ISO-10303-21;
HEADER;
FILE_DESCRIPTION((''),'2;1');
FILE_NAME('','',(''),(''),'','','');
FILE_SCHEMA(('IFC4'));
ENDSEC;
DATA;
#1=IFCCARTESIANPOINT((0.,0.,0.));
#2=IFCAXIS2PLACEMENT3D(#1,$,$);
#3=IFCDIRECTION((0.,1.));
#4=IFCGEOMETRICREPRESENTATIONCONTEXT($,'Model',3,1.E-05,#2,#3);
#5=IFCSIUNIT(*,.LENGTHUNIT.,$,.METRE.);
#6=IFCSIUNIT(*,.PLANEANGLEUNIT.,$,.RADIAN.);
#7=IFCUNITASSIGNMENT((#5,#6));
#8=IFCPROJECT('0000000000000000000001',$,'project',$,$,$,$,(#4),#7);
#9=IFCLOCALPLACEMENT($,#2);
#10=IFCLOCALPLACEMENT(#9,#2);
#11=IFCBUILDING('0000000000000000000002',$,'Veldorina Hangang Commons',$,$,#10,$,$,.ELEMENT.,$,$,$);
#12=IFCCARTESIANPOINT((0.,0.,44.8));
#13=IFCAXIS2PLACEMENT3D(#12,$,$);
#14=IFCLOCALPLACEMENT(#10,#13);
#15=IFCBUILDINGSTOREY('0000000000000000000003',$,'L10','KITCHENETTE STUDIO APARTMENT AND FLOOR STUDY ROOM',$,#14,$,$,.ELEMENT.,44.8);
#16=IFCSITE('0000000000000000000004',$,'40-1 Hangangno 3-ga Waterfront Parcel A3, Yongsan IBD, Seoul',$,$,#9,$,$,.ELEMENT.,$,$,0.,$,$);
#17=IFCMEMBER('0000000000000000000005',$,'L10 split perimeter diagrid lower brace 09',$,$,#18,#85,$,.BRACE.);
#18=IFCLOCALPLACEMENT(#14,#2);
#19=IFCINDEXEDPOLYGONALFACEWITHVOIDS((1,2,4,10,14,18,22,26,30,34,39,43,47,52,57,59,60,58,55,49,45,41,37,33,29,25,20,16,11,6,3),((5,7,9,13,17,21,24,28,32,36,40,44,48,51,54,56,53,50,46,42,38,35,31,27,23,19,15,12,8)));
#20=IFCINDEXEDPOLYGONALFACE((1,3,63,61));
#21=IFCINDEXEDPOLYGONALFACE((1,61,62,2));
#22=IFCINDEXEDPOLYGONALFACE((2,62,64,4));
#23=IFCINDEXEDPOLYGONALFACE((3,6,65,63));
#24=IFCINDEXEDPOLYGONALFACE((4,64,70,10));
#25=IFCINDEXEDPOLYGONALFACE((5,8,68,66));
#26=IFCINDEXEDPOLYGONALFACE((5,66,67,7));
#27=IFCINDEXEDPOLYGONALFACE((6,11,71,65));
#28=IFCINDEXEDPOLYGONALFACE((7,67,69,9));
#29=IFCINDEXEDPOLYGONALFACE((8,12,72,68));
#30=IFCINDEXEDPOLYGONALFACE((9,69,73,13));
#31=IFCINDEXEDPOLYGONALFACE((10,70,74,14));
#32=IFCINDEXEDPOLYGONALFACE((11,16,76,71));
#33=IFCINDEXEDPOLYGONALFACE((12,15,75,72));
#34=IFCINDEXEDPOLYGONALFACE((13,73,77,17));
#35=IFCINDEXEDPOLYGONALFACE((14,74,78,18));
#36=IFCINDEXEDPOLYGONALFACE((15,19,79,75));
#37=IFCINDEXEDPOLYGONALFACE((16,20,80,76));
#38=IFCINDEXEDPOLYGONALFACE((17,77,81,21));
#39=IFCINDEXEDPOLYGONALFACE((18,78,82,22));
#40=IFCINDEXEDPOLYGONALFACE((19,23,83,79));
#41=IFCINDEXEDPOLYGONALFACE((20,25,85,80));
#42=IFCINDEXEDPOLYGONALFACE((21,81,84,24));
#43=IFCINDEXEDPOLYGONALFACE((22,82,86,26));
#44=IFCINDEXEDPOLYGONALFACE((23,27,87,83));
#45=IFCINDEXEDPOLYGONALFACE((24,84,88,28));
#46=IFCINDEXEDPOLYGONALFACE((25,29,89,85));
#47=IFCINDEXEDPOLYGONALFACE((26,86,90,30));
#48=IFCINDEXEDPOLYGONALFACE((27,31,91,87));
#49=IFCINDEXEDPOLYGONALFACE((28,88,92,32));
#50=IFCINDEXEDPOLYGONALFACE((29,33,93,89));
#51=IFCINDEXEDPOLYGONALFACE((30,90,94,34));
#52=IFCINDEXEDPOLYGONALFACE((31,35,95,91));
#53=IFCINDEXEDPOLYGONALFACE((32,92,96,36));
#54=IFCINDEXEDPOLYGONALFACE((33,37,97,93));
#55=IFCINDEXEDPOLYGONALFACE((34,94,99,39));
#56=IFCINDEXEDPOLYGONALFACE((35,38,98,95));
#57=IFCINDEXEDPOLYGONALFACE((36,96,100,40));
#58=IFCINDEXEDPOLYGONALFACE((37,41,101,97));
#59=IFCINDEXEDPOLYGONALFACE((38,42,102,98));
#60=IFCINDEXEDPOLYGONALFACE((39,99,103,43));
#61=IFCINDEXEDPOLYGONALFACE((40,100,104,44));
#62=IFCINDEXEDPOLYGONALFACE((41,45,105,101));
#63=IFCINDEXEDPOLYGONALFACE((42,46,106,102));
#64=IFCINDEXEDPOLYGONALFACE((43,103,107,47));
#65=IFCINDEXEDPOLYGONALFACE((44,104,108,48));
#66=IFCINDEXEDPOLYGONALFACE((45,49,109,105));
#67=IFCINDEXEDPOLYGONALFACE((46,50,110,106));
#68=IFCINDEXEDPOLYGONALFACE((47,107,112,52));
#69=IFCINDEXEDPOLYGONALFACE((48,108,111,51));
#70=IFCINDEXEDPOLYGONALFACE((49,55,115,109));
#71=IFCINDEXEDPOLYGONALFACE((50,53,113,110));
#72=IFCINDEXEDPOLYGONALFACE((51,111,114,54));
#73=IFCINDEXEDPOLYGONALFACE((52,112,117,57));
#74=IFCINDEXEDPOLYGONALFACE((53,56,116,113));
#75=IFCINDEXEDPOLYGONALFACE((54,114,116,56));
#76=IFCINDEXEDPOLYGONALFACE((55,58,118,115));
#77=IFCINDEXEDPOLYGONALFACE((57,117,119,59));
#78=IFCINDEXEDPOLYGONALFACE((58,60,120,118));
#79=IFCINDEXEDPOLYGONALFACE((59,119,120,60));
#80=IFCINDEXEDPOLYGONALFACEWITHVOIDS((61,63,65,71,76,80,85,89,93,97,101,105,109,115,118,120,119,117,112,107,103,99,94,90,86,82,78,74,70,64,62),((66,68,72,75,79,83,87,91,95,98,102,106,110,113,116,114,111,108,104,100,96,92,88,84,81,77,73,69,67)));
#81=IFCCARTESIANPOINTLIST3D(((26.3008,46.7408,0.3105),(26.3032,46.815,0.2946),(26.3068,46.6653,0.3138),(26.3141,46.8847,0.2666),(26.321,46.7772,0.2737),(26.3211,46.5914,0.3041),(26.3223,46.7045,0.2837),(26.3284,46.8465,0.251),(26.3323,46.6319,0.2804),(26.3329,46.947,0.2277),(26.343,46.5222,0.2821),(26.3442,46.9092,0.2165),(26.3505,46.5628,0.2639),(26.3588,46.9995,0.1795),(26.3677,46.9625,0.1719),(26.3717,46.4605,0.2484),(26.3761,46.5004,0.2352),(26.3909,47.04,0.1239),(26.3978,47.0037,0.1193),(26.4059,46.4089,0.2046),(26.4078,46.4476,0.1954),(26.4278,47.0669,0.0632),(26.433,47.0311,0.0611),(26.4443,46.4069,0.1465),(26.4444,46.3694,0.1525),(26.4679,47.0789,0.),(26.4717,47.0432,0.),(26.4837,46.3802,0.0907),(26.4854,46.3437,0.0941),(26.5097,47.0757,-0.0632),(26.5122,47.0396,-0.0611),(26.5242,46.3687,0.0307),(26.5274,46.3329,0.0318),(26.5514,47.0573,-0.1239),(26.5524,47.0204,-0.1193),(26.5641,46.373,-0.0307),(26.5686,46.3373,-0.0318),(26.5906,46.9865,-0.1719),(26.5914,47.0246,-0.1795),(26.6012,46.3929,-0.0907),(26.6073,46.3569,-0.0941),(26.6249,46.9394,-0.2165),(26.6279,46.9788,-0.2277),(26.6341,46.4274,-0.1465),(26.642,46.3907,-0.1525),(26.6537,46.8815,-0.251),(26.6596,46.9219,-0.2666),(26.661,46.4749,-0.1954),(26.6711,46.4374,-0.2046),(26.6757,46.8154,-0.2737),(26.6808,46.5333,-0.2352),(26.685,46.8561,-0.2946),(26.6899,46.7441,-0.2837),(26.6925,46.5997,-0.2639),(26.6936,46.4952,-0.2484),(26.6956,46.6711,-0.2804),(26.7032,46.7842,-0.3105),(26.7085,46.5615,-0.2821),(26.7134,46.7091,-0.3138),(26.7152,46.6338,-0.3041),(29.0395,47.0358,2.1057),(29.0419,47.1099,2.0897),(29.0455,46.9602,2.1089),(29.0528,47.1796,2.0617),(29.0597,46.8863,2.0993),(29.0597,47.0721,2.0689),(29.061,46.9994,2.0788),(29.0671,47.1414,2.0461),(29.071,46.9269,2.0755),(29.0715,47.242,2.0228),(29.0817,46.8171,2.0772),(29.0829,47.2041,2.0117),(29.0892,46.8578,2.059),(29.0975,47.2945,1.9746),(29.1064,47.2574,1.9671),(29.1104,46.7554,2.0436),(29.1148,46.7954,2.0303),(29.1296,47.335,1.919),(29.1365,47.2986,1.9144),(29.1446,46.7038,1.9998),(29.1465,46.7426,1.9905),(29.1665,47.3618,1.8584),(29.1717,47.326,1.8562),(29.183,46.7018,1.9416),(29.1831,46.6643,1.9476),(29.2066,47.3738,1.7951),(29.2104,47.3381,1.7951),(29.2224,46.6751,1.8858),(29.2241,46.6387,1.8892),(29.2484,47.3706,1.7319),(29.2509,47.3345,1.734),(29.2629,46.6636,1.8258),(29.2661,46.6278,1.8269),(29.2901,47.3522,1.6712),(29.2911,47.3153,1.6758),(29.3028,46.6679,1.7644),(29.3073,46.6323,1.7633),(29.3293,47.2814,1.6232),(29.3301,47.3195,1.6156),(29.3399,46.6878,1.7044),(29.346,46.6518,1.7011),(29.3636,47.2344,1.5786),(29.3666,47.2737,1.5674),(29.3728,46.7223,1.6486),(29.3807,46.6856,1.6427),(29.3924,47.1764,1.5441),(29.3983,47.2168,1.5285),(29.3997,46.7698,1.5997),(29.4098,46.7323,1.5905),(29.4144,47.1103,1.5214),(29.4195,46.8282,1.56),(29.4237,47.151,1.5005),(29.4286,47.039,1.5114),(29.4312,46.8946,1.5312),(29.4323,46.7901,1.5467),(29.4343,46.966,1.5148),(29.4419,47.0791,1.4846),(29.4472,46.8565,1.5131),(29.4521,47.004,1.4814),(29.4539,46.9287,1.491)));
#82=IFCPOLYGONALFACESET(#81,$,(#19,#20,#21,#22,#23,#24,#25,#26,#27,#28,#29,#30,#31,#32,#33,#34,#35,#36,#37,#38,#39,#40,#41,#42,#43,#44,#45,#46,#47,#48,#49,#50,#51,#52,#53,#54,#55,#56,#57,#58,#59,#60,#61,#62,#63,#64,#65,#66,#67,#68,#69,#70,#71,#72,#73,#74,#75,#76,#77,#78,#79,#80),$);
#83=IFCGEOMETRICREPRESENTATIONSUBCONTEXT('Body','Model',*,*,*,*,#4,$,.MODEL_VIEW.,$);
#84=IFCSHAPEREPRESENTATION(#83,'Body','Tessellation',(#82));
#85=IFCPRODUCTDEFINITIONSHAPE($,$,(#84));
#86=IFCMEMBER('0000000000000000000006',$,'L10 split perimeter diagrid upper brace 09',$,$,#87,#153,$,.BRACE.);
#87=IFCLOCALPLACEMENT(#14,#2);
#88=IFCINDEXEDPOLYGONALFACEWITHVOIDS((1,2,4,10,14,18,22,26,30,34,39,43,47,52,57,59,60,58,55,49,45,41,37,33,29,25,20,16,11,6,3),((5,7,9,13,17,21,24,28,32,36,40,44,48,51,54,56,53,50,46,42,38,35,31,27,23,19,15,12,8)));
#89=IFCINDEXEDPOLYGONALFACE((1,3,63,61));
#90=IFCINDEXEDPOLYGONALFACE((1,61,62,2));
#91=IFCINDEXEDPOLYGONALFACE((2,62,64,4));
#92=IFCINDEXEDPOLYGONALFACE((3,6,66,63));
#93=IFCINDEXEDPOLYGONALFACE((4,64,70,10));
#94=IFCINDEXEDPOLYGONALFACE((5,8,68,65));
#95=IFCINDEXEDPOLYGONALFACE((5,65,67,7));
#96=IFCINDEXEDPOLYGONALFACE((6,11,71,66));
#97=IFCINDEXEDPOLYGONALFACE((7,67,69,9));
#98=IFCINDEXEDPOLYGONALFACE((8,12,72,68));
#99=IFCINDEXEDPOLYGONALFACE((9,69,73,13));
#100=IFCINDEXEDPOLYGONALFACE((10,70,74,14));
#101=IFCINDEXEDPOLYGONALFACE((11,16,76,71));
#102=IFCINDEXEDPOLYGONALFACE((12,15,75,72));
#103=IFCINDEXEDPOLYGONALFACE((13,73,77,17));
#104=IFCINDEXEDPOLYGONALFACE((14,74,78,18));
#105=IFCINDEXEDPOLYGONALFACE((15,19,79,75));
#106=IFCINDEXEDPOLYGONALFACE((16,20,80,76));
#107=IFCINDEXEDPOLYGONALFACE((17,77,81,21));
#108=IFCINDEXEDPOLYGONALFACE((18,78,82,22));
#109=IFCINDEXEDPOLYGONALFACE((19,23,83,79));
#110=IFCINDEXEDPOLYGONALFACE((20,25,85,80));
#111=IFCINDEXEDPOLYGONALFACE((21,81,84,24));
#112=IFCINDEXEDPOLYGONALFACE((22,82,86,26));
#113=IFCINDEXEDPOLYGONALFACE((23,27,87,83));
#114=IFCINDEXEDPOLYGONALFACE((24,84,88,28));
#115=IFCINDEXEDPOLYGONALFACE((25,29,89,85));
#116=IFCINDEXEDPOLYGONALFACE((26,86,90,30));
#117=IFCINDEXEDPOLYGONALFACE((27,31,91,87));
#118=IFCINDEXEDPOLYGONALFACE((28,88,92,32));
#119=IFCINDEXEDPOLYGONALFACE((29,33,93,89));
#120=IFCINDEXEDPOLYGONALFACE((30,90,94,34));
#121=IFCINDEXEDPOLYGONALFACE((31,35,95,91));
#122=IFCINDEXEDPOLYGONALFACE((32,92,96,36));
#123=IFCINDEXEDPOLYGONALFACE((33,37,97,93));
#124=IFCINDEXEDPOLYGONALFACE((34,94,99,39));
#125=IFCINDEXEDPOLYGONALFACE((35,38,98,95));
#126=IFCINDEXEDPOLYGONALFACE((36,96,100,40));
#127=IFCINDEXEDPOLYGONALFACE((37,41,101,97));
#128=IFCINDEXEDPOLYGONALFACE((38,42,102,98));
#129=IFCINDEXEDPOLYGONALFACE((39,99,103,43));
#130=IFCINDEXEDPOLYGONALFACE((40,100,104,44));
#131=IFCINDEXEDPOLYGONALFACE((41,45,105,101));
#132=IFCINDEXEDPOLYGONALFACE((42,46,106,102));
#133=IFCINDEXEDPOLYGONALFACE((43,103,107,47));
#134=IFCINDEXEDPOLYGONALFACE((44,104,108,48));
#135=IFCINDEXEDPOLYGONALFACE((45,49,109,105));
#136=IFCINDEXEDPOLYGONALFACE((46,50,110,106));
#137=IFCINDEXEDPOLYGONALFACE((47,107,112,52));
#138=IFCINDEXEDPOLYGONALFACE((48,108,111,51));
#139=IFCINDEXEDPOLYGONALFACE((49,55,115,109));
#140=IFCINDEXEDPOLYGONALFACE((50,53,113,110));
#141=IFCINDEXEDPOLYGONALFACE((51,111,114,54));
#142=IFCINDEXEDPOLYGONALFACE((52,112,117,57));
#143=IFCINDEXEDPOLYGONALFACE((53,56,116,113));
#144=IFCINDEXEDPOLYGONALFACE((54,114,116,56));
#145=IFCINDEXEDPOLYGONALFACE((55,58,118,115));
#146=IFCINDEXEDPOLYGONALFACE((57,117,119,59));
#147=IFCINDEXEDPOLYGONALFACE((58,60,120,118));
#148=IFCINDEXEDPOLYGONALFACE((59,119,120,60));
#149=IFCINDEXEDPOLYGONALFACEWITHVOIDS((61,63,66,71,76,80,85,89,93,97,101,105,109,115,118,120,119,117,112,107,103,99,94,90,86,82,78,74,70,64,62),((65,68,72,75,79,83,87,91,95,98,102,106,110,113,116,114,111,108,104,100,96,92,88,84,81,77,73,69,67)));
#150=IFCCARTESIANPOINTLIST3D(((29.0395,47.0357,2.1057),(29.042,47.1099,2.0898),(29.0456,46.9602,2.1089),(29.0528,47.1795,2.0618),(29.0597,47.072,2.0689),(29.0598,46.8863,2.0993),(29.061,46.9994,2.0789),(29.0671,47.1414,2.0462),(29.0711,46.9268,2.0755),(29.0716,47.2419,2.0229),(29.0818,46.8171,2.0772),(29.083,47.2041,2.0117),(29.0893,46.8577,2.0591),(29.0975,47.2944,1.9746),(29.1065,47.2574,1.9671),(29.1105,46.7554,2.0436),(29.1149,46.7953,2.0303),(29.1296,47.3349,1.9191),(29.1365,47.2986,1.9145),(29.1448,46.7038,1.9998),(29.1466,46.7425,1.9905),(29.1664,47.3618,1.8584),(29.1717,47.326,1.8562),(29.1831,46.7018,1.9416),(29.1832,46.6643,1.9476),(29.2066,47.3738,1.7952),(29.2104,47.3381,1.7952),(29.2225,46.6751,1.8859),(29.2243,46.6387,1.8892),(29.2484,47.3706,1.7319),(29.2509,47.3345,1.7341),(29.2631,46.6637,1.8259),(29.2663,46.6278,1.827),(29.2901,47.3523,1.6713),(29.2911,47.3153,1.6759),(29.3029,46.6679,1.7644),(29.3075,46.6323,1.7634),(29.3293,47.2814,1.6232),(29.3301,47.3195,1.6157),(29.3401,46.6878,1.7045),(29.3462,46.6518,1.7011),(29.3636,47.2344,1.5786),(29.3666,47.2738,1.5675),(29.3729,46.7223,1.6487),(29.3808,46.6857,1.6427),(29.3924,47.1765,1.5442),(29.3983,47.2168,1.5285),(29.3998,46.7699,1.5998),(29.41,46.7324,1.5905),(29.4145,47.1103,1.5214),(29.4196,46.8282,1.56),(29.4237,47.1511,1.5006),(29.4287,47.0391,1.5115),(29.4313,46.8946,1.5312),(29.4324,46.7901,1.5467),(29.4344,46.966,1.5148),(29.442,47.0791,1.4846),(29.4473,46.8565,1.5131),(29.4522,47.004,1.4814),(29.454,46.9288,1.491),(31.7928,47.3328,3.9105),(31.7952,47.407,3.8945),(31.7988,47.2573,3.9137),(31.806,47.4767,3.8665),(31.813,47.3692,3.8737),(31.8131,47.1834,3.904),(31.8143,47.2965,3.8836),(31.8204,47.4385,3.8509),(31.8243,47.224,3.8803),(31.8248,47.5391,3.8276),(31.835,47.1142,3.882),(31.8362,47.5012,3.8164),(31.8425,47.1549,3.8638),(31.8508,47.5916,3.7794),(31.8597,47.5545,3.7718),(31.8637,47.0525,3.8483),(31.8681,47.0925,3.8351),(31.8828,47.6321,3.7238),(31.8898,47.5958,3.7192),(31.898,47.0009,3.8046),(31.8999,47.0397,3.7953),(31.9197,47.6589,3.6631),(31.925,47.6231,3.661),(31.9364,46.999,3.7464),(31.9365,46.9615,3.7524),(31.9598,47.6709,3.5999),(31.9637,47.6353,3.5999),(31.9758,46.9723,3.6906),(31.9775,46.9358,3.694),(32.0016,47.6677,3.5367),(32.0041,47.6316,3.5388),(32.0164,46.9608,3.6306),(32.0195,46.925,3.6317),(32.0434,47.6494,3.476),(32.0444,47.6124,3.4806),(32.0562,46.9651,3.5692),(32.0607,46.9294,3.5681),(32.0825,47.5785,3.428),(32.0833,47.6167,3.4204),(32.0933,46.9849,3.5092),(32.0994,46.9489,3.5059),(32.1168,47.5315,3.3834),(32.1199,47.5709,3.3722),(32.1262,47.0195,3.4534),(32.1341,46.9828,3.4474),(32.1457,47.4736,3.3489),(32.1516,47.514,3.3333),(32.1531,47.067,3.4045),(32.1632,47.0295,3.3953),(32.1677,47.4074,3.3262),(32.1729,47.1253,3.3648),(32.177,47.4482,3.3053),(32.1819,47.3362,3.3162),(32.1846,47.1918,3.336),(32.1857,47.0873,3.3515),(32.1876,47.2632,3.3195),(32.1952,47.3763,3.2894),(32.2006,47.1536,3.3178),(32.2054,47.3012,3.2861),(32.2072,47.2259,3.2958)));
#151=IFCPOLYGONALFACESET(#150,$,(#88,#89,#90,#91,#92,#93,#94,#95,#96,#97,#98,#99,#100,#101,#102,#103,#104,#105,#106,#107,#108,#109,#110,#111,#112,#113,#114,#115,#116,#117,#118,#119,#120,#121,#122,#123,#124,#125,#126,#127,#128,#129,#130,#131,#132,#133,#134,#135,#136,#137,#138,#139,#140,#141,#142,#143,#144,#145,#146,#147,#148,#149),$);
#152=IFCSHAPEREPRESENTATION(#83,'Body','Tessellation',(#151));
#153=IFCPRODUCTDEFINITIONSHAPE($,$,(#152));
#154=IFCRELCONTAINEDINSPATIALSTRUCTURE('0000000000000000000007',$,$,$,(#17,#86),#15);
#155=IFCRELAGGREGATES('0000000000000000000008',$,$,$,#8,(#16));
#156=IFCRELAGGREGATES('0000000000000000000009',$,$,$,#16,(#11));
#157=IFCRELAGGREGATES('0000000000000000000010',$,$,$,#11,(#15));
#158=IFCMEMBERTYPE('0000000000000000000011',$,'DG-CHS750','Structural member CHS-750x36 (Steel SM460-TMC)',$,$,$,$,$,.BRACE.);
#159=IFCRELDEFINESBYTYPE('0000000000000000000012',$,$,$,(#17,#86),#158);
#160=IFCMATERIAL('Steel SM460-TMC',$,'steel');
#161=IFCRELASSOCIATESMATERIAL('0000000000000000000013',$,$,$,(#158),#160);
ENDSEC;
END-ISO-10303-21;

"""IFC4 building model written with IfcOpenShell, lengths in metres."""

from ifc_helpers import new_model, si_unit, direction, frame, origin, origin_2d, place, context, subcontext, project, spatial, hollow_circle, extrude, material, material_profile, profile_set, type_object, element, save


model = new_model("IFC4")

# Units and contexts
model_context = context("Model", 3, precision=1e-05, world=origin(), true_north=direction((0.0, 1.0)))
body_context = subcontext(model_context, "Body", "Model", "MODEL_VIEW")
ifc_project = project(units=[si_unit("LENGTHUNIT", "METRE"), si_unit("PLANEANGLEUNIT", "RADIAN")], contexts=[model_context])

# Site, building, storey
site_placement = place(None, origin())
site = spatial("IfcSite", under=ifc_project, at=site_placement, Name="40-1 Hangangno 3-ga Waterfront Parcel A3, Yongsan IBD, Seoul", CompositionType="ELEMENT", RefElevation=0.0)
building_placement = place(site_placement, origin())
building = spatial("IfcBuilding", under=site, at=building_placement, Name="Veldorina Hangang Commons", CompositionType="ELEMENT")
storey_placement = place(building_placement, frame((0.0, 0.0, 44.8)))
storey = spatial("IfcBuildingStorey", under=building, at=storey_placement, Name="L10", Description="KITCHENETTE STUDIO APARTMENT AND FLOOR STUDY ROOM", CompositionType="ELEMENT", Elevation=44.8)

# Shared definitions
ifc_material_1 = material(Name="Steel SM460-TMC", Category="steel")

# Members
ifc_material_profile_1 = material_profile(ifc_material_1, hollow_circle(Radius=0.375, WallThickness=0.0359, at=origin_2d()), Name="CHS-750x36")
ifc_profile_set_1 = profile_set([ifc_material_profile_1], Name="Steel SM460-TMC")
member_type = type_object("IfcMemberType", Name="DG-CHS750", Description="Structural member CHS-750x36 (Steel SM460-TMC)", PredefinedType="BRACE", material=ifc_profile_set_1)
member_1_placement = place(storey_placement, frame((26.5081, 46.7061, 0.0), z_axis=(0.832978, 0.089698, 0.545987), x_axis=(-0.107065, 0.994252, 0.0)))
element("IfcMember", 1, at=member_1_placement, inside=storey, type_object=member_type, Name="L10 split perimeter diagrid lower brace 09", PredefinedType="BRACE", context=body_context, shape_type="SweptSolid", body=[
    extrude(hollow_circle(Radius=0.375, WallThickness=0.0359, at=origin_2d()), origin(), (0.0, 0.0, 1.0), 3.2878),
])
member_2_placement = place(storey_placement, frame((29.2468, 47.001, 1.7952), z_axis=(0.832952, 0.089891, 0.545995), x_axis=(-0.107296, 0.994227, 0.0)))
element("IfcMember", 2, at=member_2_placement, inside=storey, type_object=member_type, Name="L10 split perimeter diagrid upper brace 09", PredefinedType="BRACE", context=body_context, shape_type="SweptSolid", body=[
    extrude(hollow_circle(Radius=0.375, WallThickness=0.0359, at=origin_2d()), origin(), (0.0, 0.0, 1.0), 3.3054),
])

save(model, "model.ifc")
